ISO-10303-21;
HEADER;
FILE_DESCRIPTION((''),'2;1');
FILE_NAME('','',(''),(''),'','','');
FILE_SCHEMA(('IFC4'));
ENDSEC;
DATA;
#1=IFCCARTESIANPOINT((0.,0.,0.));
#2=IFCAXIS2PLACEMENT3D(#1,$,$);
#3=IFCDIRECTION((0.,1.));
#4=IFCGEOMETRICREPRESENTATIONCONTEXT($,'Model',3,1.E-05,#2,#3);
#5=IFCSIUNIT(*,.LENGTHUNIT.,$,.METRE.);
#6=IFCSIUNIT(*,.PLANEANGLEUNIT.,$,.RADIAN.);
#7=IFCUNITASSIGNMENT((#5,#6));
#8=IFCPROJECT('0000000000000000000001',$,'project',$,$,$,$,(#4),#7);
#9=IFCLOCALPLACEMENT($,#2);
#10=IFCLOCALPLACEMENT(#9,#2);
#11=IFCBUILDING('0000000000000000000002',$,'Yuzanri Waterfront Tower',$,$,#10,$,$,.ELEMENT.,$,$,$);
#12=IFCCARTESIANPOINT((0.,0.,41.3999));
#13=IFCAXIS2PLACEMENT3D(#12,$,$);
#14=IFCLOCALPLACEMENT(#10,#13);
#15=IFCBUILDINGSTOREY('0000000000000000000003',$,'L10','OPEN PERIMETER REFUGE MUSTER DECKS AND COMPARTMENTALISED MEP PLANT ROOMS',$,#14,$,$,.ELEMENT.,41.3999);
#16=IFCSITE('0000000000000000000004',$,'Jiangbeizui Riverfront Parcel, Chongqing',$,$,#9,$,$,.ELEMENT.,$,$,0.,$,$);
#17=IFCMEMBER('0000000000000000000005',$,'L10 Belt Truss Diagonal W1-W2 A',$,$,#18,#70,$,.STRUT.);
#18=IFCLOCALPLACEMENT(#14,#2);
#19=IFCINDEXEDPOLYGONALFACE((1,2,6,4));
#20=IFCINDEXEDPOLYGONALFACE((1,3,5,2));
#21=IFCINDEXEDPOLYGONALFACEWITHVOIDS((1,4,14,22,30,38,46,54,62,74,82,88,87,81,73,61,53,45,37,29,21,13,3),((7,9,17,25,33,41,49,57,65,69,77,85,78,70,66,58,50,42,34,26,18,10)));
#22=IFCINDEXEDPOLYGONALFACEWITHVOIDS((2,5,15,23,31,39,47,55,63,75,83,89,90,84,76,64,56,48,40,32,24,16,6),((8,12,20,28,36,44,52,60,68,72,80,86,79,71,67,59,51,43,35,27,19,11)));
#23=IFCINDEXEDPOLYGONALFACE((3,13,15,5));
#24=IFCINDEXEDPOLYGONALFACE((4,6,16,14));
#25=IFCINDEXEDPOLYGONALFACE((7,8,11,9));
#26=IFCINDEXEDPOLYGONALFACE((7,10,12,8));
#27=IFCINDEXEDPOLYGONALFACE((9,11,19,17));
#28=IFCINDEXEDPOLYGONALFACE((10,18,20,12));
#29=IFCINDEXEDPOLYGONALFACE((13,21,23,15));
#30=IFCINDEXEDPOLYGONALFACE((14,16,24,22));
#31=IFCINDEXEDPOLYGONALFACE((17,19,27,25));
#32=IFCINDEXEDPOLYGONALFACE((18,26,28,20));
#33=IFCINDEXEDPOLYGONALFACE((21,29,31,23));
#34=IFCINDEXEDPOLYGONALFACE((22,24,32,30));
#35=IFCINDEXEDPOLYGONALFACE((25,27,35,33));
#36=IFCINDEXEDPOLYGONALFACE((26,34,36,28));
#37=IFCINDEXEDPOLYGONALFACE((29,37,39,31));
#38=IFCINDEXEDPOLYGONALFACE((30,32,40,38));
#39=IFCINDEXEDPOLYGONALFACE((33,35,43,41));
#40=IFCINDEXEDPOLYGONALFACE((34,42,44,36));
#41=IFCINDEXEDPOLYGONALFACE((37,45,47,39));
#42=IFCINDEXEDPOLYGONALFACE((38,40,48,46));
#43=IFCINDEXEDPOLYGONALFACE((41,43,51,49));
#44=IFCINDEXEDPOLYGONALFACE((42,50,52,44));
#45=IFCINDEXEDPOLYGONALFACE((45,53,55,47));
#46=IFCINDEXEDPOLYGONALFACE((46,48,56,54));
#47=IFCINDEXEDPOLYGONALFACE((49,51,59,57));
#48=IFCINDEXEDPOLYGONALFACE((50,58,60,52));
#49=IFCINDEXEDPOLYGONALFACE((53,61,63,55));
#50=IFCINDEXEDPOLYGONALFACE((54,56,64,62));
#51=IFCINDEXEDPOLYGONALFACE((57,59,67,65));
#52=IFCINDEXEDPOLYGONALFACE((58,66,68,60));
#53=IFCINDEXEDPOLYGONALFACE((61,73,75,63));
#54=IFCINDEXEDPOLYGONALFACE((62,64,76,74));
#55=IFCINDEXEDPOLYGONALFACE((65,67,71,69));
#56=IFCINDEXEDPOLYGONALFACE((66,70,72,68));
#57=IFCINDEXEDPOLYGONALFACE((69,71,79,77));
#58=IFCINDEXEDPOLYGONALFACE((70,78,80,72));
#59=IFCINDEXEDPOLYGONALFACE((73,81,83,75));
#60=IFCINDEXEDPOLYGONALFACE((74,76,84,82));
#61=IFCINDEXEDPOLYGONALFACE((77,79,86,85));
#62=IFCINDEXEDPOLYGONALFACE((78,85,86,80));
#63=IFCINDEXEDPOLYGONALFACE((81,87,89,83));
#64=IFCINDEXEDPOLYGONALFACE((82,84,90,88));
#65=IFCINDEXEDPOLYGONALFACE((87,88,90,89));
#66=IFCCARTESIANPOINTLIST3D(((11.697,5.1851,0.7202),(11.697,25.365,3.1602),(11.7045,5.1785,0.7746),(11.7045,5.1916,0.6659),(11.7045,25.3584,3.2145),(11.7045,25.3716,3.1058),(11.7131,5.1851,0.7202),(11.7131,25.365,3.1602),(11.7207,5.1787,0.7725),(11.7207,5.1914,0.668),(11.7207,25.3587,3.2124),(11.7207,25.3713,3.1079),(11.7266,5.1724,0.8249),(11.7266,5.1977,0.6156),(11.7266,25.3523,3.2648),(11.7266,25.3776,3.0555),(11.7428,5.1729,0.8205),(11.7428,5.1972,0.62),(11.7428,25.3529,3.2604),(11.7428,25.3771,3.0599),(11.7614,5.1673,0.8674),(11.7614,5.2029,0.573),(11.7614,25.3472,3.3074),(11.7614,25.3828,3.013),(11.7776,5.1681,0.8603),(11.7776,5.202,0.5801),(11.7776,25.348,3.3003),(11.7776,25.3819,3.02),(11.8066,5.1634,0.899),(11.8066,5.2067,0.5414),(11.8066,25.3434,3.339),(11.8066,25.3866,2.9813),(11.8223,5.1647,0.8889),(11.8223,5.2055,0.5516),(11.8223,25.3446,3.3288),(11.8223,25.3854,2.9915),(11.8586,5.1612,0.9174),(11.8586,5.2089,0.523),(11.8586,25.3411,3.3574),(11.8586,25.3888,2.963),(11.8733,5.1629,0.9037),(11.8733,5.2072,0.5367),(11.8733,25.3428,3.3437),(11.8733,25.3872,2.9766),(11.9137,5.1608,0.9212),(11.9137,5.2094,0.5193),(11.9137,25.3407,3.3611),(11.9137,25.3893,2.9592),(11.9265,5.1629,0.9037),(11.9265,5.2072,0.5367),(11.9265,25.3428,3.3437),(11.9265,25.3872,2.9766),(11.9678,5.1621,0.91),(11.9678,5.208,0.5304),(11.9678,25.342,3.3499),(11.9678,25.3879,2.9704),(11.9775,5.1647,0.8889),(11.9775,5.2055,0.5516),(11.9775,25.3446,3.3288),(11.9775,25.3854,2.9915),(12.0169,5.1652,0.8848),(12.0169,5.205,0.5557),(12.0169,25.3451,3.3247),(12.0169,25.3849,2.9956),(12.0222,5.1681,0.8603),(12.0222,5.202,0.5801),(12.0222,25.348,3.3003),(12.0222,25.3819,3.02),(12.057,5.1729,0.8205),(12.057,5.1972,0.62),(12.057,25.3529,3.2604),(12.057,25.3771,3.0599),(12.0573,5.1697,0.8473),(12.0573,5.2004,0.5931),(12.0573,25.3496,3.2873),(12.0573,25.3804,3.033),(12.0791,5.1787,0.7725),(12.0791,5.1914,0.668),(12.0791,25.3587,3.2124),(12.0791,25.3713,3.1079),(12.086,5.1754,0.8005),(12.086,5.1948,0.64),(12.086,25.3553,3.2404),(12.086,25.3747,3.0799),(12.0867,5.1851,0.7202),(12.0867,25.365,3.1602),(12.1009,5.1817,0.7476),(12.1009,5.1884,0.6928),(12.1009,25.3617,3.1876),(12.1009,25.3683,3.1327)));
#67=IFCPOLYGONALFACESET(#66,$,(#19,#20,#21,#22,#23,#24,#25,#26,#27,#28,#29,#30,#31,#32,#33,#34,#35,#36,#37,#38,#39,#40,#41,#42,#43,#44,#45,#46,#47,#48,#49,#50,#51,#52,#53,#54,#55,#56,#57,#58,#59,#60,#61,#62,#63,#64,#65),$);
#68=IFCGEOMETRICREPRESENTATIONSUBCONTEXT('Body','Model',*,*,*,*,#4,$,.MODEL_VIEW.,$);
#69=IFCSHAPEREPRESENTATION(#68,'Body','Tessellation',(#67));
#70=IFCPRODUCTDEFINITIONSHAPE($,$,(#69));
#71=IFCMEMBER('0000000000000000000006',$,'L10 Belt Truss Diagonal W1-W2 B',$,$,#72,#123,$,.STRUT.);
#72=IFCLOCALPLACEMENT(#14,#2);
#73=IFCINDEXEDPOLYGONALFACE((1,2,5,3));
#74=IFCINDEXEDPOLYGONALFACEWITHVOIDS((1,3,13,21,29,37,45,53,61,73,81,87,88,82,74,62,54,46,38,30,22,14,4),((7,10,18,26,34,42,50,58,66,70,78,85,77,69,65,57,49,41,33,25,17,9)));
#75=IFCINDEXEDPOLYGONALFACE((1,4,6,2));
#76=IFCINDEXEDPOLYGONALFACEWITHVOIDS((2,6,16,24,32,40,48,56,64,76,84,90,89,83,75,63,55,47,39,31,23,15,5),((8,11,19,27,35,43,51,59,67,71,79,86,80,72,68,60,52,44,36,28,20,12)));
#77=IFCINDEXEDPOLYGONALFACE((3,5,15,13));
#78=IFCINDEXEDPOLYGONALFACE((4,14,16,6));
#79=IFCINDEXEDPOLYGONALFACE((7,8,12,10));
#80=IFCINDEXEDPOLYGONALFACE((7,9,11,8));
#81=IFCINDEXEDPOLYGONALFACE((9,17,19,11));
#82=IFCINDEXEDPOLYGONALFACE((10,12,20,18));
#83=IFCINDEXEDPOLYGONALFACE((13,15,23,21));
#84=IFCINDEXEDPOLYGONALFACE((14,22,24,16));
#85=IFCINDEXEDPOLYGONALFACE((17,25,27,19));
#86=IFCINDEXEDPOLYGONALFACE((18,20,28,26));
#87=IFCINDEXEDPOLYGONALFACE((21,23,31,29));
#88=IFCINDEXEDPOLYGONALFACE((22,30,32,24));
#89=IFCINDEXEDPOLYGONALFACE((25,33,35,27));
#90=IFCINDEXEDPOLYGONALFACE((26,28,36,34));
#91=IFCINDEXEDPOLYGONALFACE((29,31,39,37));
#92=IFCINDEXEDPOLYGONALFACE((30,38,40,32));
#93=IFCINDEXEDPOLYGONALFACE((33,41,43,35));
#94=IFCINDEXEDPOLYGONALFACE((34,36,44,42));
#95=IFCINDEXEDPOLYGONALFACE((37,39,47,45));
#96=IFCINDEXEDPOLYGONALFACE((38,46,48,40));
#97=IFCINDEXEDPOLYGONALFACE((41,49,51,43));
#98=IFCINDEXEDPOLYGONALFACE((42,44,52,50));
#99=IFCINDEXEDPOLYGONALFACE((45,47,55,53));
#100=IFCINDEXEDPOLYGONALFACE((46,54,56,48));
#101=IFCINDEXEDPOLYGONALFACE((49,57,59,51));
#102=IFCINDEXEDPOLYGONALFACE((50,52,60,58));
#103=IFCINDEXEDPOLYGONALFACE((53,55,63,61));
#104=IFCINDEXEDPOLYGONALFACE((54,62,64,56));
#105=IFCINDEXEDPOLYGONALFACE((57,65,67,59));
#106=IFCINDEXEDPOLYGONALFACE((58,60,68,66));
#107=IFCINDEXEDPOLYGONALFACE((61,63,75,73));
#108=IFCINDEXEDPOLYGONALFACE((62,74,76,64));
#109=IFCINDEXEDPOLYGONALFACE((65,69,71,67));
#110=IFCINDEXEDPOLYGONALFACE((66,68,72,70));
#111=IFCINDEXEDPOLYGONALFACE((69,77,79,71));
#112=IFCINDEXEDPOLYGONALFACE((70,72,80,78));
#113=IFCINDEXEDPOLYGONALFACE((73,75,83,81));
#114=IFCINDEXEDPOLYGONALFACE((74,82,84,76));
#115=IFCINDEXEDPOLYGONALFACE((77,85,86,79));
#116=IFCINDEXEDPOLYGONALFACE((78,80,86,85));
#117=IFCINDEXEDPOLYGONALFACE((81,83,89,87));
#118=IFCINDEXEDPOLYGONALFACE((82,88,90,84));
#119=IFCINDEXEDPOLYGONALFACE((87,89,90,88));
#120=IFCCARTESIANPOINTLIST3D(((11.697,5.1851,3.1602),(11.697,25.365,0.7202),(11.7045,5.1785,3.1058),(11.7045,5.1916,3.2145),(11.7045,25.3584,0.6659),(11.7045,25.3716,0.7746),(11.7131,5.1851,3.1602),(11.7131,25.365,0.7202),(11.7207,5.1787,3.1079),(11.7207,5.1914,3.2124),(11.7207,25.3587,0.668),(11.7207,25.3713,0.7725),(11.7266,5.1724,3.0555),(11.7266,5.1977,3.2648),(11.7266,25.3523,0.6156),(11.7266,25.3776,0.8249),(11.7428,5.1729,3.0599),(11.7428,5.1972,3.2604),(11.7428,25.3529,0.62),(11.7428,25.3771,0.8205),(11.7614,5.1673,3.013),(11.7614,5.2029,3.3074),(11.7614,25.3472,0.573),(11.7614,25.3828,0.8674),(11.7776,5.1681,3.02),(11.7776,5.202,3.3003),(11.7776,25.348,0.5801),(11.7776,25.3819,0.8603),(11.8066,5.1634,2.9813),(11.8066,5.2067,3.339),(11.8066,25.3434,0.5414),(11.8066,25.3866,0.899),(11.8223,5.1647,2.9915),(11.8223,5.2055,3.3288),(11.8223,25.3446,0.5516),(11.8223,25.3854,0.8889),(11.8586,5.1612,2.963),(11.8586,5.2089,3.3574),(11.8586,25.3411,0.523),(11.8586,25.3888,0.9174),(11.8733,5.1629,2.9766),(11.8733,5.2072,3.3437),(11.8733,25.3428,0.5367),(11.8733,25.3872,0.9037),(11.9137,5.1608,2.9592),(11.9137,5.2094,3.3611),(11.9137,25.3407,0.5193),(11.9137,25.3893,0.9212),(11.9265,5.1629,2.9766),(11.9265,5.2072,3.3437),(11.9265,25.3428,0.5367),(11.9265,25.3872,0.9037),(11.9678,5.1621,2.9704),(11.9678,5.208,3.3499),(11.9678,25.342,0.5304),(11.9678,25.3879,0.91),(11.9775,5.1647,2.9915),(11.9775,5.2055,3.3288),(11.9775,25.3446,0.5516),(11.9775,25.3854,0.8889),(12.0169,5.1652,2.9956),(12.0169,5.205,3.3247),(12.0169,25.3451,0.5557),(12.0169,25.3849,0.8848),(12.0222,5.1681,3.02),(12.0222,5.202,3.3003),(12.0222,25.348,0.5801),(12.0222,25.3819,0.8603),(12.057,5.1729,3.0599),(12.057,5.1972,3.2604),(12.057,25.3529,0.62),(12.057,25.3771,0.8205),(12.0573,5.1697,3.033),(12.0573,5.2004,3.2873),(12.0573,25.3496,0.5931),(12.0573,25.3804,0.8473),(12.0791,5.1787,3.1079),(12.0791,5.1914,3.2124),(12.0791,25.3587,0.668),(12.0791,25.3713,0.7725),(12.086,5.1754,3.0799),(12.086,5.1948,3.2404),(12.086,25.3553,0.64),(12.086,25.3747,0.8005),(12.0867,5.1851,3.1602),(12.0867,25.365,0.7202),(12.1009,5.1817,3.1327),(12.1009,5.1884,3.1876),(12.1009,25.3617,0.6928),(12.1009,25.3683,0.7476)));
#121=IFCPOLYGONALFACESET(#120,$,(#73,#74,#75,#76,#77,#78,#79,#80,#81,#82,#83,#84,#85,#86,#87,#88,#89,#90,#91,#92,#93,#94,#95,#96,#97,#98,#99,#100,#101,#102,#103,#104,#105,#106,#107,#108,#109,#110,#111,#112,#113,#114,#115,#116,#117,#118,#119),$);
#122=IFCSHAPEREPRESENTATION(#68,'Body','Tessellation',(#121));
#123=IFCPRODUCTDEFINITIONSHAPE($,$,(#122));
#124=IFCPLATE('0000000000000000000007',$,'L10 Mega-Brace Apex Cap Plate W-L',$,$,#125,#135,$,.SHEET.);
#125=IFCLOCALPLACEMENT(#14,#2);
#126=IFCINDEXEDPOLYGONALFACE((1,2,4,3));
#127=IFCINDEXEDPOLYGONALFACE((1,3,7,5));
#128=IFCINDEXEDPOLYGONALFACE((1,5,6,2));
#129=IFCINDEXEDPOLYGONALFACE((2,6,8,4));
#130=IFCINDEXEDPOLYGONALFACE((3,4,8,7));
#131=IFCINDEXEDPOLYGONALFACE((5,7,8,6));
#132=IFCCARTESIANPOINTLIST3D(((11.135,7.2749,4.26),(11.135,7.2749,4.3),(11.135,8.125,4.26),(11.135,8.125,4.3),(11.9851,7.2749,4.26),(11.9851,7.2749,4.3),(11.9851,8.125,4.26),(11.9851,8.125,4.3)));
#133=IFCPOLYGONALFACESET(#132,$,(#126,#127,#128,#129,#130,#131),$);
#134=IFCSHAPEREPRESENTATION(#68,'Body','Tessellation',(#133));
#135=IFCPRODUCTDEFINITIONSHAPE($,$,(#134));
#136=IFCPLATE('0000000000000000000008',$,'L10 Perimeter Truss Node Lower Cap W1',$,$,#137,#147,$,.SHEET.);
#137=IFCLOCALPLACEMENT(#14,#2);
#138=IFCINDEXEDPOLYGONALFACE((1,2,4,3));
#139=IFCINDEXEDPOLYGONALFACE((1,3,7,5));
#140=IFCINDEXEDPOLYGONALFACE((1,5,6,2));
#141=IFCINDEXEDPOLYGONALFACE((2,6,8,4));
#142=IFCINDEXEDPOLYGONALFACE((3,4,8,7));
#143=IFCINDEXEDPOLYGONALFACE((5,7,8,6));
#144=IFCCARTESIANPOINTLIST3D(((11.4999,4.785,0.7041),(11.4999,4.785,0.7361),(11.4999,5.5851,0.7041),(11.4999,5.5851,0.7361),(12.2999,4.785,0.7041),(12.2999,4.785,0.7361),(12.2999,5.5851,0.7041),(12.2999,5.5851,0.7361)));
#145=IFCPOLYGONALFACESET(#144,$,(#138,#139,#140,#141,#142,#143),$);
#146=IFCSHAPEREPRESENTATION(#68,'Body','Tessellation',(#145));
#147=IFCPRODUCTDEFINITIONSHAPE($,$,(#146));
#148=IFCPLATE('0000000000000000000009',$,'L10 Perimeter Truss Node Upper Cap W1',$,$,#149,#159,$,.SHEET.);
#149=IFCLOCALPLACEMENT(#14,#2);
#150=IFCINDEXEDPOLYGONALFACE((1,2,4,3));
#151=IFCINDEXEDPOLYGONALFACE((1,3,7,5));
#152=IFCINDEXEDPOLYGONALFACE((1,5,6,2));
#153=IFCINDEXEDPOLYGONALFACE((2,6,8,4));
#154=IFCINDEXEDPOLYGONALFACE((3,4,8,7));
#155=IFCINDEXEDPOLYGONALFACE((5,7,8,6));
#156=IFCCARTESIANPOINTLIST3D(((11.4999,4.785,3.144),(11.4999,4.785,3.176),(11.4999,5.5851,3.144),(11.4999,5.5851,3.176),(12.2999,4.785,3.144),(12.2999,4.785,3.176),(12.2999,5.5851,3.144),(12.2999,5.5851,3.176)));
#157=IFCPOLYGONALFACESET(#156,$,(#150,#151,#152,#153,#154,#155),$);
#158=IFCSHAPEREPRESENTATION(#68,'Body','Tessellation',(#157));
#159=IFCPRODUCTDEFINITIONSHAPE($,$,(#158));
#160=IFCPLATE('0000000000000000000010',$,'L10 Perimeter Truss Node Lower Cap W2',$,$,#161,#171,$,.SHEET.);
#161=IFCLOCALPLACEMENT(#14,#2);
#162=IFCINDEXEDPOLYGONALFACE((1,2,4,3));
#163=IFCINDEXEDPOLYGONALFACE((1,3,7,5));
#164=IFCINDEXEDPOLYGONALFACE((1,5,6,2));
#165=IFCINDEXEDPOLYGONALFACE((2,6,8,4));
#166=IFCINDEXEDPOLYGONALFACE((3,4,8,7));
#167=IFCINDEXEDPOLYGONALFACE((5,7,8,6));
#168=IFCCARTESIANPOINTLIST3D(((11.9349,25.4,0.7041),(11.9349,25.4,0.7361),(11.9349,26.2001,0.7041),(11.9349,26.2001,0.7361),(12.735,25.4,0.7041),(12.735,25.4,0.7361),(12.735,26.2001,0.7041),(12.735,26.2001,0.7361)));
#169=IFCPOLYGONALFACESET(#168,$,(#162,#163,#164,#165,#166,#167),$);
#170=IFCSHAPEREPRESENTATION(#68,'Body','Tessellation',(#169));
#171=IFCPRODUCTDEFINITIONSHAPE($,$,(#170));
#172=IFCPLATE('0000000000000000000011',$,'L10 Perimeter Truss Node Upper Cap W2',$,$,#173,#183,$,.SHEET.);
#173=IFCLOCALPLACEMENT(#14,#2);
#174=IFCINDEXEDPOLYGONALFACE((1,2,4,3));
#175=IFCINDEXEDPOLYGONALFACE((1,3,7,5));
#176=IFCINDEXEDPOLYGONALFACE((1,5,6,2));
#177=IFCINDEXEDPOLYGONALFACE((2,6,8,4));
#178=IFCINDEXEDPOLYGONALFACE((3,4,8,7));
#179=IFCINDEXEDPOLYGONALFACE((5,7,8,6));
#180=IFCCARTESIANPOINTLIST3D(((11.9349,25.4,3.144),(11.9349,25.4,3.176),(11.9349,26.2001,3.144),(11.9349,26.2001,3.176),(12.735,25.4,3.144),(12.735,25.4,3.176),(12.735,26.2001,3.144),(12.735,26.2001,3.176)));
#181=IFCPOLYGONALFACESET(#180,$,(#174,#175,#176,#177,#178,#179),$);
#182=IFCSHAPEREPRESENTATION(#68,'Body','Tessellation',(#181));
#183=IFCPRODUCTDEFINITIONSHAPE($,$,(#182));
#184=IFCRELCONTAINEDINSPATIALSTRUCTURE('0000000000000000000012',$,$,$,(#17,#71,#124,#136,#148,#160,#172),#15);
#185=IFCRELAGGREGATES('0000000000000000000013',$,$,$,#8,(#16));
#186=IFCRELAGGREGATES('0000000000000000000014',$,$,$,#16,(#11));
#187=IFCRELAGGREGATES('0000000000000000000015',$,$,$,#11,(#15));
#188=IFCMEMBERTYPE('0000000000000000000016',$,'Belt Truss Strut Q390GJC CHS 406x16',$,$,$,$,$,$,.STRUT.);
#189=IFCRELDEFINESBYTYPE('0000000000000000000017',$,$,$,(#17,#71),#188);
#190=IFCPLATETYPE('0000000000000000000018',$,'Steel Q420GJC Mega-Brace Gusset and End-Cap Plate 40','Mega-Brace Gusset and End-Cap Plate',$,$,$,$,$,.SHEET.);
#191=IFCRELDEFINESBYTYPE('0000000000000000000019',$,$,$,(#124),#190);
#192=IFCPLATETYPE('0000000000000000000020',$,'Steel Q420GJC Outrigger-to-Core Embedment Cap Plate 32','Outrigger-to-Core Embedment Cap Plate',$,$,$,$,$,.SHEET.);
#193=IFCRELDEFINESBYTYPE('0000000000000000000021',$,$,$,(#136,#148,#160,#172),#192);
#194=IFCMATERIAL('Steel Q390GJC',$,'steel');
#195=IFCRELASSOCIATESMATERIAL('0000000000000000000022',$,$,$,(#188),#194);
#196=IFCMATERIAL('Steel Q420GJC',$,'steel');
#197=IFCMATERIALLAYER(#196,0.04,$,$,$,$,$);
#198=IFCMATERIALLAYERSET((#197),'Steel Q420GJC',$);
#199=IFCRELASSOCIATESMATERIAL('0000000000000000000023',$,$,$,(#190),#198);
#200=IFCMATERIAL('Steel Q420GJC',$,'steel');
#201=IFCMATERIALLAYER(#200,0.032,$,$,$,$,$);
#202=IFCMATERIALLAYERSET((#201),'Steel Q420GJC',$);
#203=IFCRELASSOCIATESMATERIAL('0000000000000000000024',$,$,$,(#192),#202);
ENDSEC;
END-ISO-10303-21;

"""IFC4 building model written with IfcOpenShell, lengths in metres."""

from ifc_helpers import new_model, si_unit, direction, frame, origin, origin_2d, place, context, subcontext, project, spatial, rectangle, hollow_circle, extrude, source, transform, mapped, material, layer, layer_set, material_profile, profile_set, type_object, element, save


model = new_model("IFC4")

# Units and contexts
model_context = context("Model", 3, precision=1e-05, world=origin(), true_north=direction((0.0, 1.0)))
body_context = subcontext(model_context, "Body", "Model", "MODEL_VIEW")
ifc_project = project(units=[si_unit("LENGTHUNIT", "METRE"), si_unit("PLANEANGLEUNIT", "RADIAN")], contexts=[model_context])

# Site, building, storey
site_placement = place(None, origin())
site = spatial("IfcSite", under=ifc_project, at=site_placement, Name="Jiangbeizui Riverfront Parcel, Chongqing", CompositionType="ELEMENT", RefElevation=0.0)
building_placement = place(site_placement, origin())
building = spatial("IfcBuilding", under=site, at=building_placement, Name="Yuzanri Waterfront Tower", CompositionType="ELEMENT")
storey_placement = place(building_placement, frame((0.0, 0.0, 41.3999)))
storey = spatial("IfcBuildingStorey", under=building, at=storey_placement, Name="L10", Description="OPEN PERIMETER REFUGE MUSTER DECKS AND COMPARTMENTALISED MEP PLANT ROOMS", CompositionType="ELEMENT", Elevation=41.3999)

# Members
ifc_material_1 = material(Name="Steel Q390GJC", Category="steel")
ifc_material_profile_1 = material_profile(ifc_material_1, hollow_circle(Radius=0.2029, WallThickness=0.0161, at=origin_2d()), Name="CHS 406x16")
ifc_profile_set_1 = profile_set([ifc_material_profile_1], Name="Steel Q390GJC")
member_type_1 = type_object("IfcMemberType", Name="Belt Truss Strut Q390GJC CHS 406x16", PredefinedType="STRUT", material=ifc_profile_set_1)
shared_shape_1 = source(origin(), body_context, "Body", "SweptSolid", [
    extrude(hollow_circle(Radius=0.2029, WallThickness=0.0161, at=origin_2d()), origin(), (0.0, 0.0, 1.0), 20.3269),
])
for number, where, z_axis, x_axis, name in (
    (1, (11.8999, 5.1851, 0.7202), (0.0, 0.99277, 0.120035), (-1.0, 0.0, 0.0), "L10 Belt Truss Diagonal W1-W2 A"),
    (2, (11.8999, 5.1851, 3.1602), (0.0, 0.99277, -0.120035), (-1.0, 0.0, 0.0), "L10 Belt Truss Diagonal W1-W2 B"),
):
    element("IfcMember", number, at=place(storey_placement, frame(where, z_axis=z_axis, x_axis=x_axis)), inside=storey, type_object=member_type_1, Name=name, PredefinedType="STRUT", context=body_context, shape_type="MappedRepresentation", body=[
        mapped(shared_shape_1, transform((0.0, 0.0, 0.0), scale=1.0)),
    ])

# Plates
ifc_material_2 = material(Name="Steel Q420GJC", Category="steel")
ifc_layer_1 = layer(ifc_material_2, 0.04)
ifc_layer_set_1 = layer_set([ifc_layer_1], Name="Steel Q420GJC")
plate_type_1 = type_object("IfcPlateType", Name="Steel Q420GJC Mega-Brace Gusset and End-Cap Plate 40", Description="Mega-Brace Gusset and End-Cap Plate", PredefinedType="SHEET", material=ifc_layer_set_1)
shared_shape_2 = source(origin(), body_context, "Body", "SweptSolid", [
    extrude(rectangle(XDim=0.8501, YDim=0.8501, at=origin_2d()), origin(), (0.0, 0.0, 1.0), 0.04),
])
plate_placement = place(storey_placement, frame((11.5601, 7.7, 4.26), z_axis=(0.0, 0.0, 1.0), x_axis=(1.0, 0.0, 0.0)))
element("IfcPlate", 3, at=plate_placement, inside=storey, type_object=plate_type_1, Name="L10 Mega-Brace Apex Cap Plate W-L", PredefinedType="SHEET", context=body_context, shape_type="MappedRepresentation", body=[
    mapped(shared_shape_2, transform((0.0, 0.0, 0.0), scale=1.0)),
])
ifc_material_3 = material(Name="Steel Q420GJC", Category="steel")
ifc_layer_2 = layer(ifc_material_3, 0.032)
ifc_layer_set_2 = layer_set([ifc_layer_2], Name="Steel Q420GJC")
plate_type_2 = type_object("IfcPlateType", Name="Steel Q420GJC Outrigger-to-Core Embedment Cap Plate 32", Description="Outrigger-to-Core Embedment Cap Plate", PredefinedType="SHEET", material=ifc_layer_set_2)
shared_shape_3 = source(origin(), body_context, "Body", "SweptSolid", [
    extrude(rectangle(XDim=0.8, YDim=0.8, at=origin_2d()), origin(), (0.0, 0.0, 1.0), 0.032),
])
for number, where, z_axis, x_axis, name in (
    (4, (11.8999, 5.1851, 0.7041), (0.0, 0.0, 1.0), (1.0, 0.0, 0.0), "L10 Perimeter Truss Node Lower Cap W1"),
    (5, (11.8999, 5.1851, 3.144), (0.0, 0.0, 1.0), (1.0, 0.0, 0.0), "L10 Perimeter Truss Node Upper Cap W1"),
    (6, (12.335, 25.8, 0.7041), (0.0, 0.0, 1.0), (1.0, 0.0, 0.0), "L10 Perimeter Truss Node Lower Cap W2"),
    (7, (12.335, 25.8, 3.144), (0.0, 0.0, 1.0), (1.0, 0.0, 0.0), "L10 Perimeter Truss Node Upper Cap W2"),
):
    element("IfcPlate", number, at=place(storey_placement, frame(where, z_axis=z_axis, x_axis=x_axis)), inside=storey, type_object=plate_type_2, Name=name, PredefinedType="SHEET", context=body_context, shape_type="MappedRepresentation", body=[
        mapped(shared_shape_3, transform((0.0, 0.0, 0.0), scale=1.0)),
    ])

save(model, "model.ifc")
